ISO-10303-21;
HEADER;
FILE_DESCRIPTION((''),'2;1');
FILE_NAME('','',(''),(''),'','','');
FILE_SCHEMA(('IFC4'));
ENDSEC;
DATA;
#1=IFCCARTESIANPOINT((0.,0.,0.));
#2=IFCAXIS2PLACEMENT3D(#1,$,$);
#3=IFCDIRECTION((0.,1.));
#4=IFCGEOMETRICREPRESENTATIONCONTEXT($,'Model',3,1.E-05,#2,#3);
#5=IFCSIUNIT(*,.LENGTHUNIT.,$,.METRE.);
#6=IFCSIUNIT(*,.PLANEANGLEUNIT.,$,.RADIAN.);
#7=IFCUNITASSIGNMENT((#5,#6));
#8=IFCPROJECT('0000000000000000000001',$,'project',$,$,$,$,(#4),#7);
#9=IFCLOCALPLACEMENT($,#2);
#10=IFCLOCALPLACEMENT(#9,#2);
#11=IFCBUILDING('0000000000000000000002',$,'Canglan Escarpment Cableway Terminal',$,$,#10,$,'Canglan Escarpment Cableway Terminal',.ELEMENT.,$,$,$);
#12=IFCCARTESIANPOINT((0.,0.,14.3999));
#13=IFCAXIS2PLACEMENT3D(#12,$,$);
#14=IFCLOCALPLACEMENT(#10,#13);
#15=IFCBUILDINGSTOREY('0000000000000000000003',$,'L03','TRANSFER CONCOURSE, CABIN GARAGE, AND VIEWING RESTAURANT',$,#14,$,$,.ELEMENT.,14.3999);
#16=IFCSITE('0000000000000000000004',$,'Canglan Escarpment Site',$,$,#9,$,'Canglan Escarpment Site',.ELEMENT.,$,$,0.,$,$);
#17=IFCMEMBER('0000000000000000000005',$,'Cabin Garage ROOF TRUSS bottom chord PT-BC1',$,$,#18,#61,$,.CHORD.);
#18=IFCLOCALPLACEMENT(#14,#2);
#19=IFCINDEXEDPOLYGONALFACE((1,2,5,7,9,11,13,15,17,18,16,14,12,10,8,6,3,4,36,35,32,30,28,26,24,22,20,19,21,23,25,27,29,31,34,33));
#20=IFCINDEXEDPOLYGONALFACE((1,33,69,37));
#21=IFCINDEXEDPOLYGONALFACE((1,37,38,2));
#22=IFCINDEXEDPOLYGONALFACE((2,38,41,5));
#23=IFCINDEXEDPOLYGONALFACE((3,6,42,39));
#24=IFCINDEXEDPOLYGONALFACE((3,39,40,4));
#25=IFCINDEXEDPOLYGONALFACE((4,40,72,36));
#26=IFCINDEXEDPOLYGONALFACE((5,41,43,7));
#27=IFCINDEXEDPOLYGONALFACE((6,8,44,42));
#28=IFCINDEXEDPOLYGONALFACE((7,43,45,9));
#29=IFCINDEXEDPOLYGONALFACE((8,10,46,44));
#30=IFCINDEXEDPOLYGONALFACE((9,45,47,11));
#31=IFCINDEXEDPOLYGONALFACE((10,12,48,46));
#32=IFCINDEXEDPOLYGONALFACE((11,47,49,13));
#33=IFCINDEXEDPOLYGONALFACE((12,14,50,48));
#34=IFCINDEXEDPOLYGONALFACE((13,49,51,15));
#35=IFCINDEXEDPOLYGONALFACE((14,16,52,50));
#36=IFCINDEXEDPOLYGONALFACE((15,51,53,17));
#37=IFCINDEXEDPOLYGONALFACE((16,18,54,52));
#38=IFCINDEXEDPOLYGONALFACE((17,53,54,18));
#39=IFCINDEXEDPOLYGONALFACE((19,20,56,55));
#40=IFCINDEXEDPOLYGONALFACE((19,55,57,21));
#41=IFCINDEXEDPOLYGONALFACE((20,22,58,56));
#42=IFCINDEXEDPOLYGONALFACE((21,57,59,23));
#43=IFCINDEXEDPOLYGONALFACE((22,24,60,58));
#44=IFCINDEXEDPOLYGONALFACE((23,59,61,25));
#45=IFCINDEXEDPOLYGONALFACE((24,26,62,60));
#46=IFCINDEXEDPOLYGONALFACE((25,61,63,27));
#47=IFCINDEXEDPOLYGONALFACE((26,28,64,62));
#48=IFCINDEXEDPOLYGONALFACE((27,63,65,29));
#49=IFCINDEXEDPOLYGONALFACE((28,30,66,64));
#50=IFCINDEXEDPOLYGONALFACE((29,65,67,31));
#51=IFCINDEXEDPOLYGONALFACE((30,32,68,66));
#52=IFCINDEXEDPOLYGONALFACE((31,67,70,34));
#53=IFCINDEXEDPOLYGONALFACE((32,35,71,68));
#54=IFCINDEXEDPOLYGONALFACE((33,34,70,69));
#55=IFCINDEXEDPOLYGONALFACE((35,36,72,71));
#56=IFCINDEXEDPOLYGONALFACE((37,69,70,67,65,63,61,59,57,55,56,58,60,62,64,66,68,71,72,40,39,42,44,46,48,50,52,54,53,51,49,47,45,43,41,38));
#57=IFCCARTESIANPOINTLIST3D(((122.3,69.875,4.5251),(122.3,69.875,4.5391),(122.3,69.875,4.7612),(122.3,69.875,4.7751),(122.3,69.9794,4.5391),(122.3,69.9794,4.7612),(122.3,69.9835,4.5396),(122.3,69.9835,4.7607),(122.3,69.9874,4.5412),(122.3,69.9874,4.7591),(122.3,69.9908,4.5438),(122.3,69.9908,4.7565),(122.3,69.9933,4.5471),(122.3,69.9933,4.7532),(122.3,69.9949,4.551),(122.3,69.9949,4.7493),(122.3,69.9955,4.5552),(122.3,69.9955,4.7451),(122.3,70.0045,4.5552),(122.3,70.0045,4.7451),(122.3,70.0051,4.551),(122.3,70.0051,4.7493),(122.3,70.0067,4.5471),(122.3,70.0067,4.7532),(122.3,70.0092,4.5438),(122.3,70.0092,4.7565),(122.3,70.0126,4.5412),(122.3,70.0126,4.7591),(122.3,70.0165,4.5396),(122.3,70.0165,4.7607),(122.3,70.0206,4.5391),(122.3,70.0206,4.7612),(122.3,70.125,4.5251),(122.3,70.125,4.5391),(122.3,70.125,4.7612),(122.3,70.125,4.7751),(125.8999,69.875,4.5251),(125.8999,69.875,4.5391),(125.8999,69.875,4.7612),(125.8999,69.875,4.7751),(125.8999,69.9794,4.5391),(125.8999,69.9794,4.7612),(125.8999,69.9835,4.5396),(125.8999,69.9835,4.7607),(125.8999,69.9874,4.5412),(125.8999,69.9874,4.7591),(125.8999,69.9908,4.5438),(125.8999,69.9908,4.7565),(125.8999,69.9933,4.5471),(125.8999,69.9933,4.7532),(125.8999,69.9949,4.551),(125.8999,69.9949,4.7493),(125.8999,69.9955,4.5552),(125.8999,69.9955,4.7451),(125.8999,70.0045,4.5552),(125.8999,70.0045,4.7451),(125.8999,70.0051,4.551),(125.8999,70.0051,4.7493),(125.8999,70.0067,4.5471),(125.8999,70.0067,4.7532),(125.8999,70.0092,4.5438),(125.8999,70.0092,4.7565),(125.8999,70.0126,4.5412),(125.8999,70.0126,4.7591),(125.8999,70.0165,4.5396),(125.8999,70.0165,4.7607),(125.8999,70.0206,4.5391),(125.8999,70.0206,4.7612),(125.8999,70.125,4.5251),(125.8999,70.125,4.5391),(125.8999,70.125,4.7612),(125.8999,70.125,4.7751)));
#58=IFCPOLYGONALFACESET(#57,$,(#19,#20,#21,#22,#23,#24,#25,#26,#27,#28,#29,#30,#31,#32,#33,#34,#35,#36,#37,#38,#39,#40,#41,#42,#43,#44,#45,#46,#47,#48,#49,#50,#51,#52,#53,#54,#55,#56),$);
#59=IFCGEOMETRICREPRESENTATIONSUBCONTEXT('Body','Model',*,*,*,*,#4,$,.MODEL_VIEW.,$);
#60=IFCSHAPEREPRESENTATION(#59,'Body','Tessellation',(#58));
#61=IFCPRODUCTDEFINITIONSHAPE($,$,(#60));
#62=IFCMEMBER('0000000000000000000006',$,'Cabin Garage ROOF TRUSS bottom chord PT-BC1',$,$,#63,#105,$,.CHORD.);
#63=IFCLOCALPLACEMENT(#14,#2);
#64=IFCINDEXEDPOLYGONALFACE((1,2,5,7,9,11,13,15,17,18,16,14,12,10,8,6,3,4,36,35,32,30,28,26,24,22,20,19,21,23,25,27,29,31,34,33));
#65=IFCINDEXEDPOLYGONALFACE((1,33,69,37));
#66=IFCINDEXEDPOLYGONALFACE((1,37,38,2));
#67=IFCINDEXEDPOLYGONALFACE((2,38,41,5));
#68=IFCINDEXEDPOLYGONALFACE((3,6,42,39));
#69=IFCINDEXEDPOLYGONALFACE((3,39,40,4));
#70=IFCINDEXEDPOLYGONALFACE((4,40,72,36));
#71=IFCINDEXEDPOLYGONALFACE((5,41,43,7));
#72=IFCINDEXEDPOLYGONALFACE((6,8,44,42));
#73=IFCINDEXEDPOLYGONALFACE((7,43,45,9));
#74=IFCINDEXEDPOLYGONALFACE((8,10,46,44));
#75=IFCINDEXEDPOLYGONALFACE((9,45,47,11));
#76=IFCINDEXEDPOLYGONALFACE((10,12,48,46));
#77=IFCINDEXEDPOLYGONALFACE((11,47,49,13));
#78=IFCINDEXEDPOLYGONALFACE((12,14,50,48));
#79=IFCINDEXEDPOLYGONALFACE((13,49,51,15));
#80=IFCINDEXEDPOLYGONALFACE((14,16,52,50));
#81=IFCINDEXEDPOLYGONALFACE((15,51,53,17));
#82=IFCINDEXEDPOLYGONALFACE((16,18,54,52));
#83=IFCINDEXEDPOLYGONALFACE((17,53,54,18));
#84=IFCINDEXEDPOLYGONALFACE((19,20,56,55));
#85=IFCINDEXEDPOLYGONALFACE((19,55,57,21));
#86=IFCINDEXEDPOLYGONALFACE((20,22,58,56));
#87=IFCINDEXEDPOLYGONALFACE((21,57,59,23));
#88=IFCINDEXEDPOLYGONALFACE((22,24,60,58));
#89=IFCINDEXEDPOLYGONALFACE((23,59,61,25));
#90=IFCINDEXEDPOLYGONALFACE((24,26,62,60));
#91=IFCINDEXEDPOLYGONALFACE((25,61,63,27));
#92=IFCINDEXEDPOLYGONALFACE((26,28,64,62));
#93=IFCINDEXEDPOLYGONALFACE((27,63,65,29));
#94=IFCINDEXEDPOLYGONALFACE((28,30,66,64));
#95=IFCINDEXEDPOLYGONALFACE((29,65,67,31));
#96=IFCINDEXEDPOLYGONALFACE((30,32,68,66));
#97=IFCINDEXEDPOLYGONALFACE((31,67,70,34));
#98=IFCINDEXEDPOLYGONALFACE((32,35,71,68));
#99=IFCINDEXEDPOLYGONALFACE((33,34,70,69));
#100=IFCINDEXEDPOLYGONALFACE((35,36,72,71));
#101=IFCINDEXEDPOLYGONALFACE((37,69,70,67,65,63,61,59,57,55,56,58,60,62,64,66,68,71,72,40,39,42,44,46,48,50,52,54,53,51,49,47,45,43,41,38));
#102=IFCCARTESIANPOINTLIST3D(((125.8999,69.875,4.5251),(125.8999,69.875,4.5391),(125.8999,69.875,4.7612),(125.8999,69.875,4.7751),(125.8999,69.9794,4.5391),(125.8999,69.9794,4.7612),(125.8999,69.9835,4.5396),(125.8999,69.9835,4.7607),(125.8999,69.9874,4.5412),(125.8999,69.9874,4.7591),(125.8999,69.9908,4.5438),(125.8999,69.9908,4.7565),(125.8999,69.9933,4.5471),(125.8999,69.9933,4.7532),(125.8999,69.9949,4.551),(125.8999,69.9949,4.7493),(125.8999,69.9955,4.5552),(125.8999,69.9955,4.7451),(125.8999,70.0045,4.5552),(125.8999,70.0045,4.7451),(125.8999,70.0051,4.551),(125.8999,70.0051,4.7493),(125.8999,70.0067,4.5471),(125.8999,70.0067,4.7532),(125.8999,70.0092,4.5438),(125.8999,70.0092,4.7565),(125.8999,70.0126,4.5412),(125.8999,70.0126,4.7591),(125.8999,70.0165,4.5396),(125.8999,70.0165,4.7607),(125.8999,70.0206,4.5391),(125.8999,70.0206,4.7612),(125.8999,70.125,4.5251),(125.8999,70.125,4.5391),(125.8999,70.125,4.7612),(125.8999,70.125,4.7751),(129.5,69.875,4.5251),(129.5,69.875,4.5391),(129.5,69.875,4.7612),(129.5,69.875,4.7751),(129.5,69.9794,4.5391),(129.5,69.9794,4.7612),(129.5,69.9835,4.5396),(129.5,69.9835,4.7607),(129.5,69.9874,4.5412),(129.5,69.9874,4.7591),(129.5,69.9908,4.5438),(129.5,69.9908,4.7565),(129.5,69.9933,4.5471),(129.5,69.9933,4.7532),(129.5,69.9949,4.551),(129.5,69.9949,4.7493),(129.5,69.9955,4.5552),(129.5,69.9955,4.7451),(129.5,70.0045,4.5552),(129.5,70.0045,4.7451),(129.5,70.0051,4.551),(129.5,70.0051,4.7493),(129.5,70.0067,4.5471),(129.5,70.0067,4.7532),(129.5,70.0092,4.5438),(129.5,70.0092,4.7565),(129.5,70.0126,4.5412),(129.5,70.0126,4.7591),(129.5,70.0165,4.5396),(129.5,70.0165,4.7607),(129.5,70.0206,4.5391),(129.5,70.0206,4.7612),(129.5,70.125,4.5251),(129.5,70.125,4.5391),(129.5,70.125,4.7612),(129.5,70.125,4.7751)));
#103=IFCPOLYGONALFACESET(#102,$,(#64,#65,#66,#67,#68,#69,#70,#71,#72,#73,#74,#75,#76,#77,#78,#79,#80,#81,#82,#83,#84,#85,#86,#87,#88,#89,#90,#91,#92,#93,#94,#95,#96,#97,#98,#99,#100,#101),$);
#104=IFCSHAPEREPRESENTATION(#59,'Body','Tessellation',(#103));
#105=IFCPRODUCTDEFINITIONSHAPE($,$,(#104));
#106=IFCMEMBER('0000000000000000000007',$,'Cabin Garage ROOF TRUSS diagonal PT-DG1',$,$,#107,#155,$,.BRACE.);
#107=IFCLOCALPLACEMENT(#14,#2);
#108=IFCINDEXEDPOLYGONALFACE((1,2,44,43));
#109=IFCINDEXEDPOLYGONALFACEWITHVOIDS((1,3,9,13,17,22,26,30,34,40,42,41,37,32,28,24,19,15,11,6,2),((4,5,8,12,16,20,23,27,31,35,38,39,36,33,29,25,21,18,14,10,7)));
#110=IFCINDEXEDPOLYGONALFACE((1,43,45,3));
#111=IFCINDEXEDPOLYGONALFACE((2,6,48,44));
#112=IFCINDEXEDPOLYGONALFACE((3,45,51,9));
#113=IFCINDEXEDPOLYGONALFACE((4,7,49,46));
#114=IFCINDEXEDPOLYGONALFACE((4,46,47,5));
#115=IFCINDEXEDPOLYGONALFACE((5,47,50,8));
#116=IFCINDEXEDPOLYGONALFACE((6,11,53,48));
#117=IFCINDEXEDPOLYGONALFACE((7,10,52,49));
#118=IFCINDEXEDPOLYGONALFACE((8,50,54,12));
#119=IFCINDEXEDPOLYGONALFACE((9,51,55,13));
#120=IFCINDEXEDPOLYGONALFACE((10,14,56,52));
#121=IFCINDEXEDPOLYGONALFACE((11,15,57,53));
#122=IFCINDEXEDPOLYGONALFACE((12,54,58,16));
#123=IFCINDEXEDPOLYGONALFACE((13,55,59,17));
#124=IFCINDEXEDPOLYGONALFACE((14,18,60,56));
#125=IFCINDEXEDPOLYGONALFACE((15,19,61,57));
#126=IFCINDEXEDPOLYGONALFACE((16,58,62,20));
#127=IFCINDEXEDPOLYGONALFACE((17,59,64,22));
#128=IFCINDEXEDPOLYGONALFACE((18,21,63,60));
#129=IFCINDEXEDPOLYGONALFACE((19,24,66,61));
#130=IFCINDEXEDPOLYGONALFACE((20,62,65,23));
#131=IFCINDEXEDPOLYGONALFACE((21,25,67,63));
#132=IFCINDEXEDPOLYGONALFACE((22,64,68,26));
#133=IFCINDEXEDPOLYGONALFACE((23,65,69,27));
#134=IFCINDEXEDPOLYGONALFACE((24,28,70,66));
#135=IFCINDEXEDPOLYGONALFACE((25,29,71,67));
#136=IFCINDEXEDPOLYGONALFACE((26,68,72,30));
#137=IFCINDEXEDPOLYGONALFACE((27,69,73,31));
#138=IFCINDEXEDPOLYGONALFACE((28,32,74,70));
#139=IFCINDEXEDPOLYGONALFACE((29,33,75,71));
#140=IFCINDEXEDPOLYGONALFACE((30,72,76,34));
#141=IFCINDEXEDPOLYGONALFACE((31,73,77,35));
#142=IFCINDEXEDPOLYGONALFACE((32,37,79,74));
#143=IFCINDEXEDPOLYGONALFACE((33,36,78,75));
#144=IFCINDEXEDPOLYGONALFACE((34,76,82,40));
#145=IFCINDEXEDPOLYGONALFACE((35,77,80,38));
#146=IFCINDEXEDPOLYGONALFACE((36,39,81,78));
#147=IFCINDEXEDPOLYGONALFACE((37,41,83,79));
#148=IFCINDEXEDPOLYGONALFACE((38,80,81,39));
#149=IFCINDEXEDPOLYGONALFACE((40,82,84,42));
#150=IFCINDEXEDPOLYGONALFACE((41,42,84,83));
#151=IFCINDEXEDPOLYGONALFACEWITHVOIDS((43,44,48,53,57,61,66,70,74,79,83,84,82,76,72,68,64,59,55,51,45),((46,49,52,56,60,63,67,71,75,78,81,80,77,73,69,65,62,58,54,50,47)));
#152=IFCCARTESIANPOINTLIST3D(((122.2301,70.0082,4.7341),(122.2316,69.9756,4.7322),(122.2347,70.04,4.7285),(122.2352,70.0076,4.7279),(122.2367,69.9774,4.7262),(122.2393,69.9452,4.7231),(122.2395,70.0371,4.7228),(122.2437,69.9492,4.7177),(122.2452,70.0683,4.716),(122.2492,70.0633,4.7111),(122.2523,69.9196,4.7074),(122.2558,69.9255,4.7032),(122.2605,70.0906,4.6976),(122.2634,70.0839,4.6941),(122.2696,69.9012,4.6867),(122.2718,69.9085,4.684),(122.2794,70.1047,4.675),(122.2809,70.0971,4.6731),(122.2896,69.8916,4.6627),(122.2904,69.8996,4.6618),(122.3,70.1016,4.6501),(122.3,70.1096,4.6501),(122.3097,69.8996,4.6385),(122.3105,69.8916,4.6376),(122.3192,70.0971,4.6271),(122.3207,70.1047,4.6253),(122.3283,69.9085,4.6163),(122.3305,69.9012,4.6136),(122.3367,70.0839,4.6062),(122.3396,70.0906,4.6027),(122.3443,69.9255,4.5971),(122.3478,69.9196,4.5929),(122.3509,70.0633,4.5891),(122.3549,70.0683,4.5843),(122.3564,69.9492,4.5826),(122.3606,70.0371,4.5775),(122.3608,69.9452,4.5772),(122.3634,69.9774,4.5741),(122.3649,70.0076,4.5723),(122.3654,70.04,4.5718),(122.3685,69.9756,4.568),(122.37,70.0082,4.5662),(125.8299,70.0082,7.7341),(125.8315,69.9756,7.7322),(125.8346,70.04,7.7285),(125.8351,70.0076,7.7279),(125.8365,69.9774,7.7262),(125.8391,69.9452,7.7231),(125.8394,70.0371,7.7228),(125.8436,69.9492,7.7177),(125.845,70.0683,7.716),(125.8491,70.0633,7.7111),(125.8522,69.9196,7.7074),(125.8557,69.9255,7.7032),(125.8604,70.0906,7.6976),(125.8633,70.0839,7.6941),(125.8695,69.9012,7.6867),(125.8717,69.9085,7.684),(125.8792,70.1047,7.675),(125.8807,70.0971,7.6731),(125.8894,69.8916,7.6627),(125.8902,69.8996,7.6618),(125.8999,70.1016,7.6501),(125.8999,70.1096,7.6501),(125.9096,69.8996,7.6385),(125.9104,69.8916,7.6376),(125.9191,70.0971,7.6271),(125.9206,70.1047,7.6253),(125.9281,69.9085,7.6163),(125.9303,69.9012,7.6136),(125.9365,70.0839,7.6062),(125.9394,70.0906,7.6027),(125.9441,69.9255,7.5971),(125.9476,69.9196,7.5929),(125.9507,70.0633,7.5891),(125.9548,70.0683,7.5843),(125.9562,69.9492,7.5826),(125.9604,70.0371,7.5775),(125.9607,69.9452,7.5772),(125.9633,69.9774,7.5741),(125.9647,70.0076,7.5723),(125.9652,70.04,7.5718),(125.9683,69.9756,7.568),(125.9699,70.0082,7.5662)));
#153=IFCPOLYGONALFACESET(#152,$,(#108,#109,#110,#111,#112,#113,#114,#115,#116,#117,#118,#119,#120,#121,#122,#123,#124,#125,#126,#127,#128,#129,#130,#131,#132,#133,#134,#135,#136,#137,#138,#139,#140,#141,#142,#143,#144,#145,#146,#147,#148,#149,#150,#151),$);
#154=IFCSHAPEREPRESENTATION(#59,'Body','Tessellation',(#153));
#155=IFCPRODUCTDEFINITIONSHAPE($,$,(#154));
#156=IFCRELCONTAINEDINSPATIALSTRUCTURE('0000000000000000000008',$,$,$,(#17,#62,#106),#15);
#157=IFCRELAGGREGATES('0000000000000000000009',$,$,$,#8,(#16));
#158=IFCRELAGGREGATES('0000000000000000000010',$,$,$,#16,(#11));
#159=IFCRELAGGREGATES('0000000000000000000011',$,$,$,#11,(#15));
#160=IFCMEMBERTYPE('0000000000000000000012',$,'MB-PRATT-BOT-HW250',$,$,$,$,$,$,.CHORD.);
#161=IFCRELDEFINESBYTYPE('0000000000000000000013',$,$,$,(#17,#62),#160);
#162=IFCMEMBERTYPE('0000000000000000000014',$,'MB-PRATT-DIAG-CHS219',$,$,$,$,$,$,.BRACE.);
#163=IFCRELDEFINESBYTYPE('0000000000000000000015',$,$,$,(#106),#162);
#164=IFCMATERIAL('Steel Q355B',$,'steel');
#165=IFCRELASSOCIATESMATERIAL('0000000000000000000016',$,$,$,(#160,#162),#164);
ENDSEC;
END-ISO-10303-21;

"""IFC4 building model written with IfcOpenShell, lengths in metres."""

from ifc_helpers import new_model, si_unit, direction, frame, origin, origin_2d, place, context, subcontext, project, spatial, hollow_circle, i_section, extrude, material, material_profile, profile_set, type_object, element, save


model = new_model("IFC4")

# Units and contexts
model_context = context("Model", 3, precision=1e-05, world=origin(), true_north=direction((0.0, 1.0)))
body_context = subcontext(model_context, "Body", "Model", "MODEL_VIEW")
ifc_project = project(units=[si_unit("LENGTHUNIT", "METRE"), si_unit("PLANEANGLEUNIT", "RADIAN")], contexts=[model_context])

# Site, building, storey
site_placement = place(None, origin())
site = spatial("IfcSite", under=ifc_project, at=site_placement, Name="Canglan Escarpment Site", LongName="Canglan Escarpment Site", CompositionType="ELEMENT", RefElevation=0.0)
building_placement = place(site_placement, origin())
building = spatial("IfcBuilding", under=site, at=building_placement, Name="Canglan Escarpment Cableway Terminal", LongName="Canglan Escarpment Cableway Terminal", CompositionType="ELEMENT")
storey_placement = place(building_placement, frame((0.0, 0.0, 14.3999)))
storey = spatial("IfcBuildingStorey", under=building, at=storey_placement, Name="L03", Description="TRANSFER CONCOURSE, CABIN GARAGE, AND VIEWING RESTAURANT", CompositionType="ELEMENT", Elevation=14.3999)

# Shared definitions
ifc_material_1 = material(Name="Steel Q355B", Category="steel")

# Members
ifc_material_profile_1 = material_profile(ifc_material_1, i_section(OverallWidth=0.25, OverallDepth=0.25, WebThickness=0.009, FlangeThickness=0.0139, FilletRadius=0.0161, at=origin_2d()), Name="HW 250x250x9x14")
ifc_profile_set_1 = profile_set([ifc_material_profile_1], Name="Steel Q355B")
member_type_1 = type_object("IfcMemberType", Name="MB-PRATT-BOT-HW250", PredefinedType="CHORD", material=ifc_profile_set_1)
member_1_placement = place(storey_placement, frame((122.3, 70.0, 4.6501), z_axis=(1.0, 0.0, 0.0), x_axis=(0.0, 1.0, 0.0)))
element("IfcMember", 1, at=member_1_placement, inside=storey, type_object=member_type_1, Name="Cabin Garage ROOF TRUSS bottom chord PT-BC1", PredefinedType="CHORD", context=body_context, shape_type="SweptSolid", body=[
    extrude(i_section(OverallWidth=0.25, OverallDepth=0.25, WebThickness=0.009, FlangeThickness=0.0139, FilletRadius=0.0161, at=origin_2d()), origin(), (0.0, 0.0, 1.0), 3.5999),
])
member_2_placement = place(storey_placement, frame((125.8999, 70.0, 4.6501), z_axis=(1.0, 0.0, 0.0), x_axis=(0.0, 1.0, 0.0)))
element("IfcMember", 2, at=member_2_placement, inside=storey, type_object=member_type_1, Name="Cabin Garage ROOF TRUSS bottom chord PT-BC1", PredefinedType="CHORD", context=body_context, shape_type="SweptSolid", body=[
    extrude(i_section(OverallWidth=0.25, OverallDepth=0.25, WebThickness=0.009, FlangeThickness=0.0139, FilletRadius=0.0161, at=origin_2d()), origin(), (0.0, 0.0, 1.0), 3.6001),
])
ifc_material_profile_2 = material_profile(ifc_material_1, hollow_circle(Radius=0.1096, WallThickness=0.0081, at=origin_2d()), Name="CHS 219.1x8")
ifc_profile_set_2 = profile_set([ifc_material_profile_2], Name="Steel Q355B")
member_type_2 = type_object("IfcMemberType", Name="MB-PRATT-DIAG-CHS219", PredefinedType="BRACE", material=ifc_profile_set_2)
member_3_placement = place(storey_placement, frame((122.3, 70.0, 4.6501), z_axis=(0.768208, 0.0, 0.6402), x_axis=(0.0, 1.0, 0.0)))
element("IfcMember", 3, at=member_3_placement, inside=storey, type_object=member_type_2, Name="Cabin Garage ROOF TRUSS diagonal PT-DG1", PredefinedType="BRACE", context=body_context, shape_type="SweptSolid", body=[
    extrude(hollow_circle(Radius=0.1096, WallThickness=0.0081, at=origin_2d()), origin(), (0.0, 0.0, 1.0), 4.686),
])

save(model, "model.ifc")
